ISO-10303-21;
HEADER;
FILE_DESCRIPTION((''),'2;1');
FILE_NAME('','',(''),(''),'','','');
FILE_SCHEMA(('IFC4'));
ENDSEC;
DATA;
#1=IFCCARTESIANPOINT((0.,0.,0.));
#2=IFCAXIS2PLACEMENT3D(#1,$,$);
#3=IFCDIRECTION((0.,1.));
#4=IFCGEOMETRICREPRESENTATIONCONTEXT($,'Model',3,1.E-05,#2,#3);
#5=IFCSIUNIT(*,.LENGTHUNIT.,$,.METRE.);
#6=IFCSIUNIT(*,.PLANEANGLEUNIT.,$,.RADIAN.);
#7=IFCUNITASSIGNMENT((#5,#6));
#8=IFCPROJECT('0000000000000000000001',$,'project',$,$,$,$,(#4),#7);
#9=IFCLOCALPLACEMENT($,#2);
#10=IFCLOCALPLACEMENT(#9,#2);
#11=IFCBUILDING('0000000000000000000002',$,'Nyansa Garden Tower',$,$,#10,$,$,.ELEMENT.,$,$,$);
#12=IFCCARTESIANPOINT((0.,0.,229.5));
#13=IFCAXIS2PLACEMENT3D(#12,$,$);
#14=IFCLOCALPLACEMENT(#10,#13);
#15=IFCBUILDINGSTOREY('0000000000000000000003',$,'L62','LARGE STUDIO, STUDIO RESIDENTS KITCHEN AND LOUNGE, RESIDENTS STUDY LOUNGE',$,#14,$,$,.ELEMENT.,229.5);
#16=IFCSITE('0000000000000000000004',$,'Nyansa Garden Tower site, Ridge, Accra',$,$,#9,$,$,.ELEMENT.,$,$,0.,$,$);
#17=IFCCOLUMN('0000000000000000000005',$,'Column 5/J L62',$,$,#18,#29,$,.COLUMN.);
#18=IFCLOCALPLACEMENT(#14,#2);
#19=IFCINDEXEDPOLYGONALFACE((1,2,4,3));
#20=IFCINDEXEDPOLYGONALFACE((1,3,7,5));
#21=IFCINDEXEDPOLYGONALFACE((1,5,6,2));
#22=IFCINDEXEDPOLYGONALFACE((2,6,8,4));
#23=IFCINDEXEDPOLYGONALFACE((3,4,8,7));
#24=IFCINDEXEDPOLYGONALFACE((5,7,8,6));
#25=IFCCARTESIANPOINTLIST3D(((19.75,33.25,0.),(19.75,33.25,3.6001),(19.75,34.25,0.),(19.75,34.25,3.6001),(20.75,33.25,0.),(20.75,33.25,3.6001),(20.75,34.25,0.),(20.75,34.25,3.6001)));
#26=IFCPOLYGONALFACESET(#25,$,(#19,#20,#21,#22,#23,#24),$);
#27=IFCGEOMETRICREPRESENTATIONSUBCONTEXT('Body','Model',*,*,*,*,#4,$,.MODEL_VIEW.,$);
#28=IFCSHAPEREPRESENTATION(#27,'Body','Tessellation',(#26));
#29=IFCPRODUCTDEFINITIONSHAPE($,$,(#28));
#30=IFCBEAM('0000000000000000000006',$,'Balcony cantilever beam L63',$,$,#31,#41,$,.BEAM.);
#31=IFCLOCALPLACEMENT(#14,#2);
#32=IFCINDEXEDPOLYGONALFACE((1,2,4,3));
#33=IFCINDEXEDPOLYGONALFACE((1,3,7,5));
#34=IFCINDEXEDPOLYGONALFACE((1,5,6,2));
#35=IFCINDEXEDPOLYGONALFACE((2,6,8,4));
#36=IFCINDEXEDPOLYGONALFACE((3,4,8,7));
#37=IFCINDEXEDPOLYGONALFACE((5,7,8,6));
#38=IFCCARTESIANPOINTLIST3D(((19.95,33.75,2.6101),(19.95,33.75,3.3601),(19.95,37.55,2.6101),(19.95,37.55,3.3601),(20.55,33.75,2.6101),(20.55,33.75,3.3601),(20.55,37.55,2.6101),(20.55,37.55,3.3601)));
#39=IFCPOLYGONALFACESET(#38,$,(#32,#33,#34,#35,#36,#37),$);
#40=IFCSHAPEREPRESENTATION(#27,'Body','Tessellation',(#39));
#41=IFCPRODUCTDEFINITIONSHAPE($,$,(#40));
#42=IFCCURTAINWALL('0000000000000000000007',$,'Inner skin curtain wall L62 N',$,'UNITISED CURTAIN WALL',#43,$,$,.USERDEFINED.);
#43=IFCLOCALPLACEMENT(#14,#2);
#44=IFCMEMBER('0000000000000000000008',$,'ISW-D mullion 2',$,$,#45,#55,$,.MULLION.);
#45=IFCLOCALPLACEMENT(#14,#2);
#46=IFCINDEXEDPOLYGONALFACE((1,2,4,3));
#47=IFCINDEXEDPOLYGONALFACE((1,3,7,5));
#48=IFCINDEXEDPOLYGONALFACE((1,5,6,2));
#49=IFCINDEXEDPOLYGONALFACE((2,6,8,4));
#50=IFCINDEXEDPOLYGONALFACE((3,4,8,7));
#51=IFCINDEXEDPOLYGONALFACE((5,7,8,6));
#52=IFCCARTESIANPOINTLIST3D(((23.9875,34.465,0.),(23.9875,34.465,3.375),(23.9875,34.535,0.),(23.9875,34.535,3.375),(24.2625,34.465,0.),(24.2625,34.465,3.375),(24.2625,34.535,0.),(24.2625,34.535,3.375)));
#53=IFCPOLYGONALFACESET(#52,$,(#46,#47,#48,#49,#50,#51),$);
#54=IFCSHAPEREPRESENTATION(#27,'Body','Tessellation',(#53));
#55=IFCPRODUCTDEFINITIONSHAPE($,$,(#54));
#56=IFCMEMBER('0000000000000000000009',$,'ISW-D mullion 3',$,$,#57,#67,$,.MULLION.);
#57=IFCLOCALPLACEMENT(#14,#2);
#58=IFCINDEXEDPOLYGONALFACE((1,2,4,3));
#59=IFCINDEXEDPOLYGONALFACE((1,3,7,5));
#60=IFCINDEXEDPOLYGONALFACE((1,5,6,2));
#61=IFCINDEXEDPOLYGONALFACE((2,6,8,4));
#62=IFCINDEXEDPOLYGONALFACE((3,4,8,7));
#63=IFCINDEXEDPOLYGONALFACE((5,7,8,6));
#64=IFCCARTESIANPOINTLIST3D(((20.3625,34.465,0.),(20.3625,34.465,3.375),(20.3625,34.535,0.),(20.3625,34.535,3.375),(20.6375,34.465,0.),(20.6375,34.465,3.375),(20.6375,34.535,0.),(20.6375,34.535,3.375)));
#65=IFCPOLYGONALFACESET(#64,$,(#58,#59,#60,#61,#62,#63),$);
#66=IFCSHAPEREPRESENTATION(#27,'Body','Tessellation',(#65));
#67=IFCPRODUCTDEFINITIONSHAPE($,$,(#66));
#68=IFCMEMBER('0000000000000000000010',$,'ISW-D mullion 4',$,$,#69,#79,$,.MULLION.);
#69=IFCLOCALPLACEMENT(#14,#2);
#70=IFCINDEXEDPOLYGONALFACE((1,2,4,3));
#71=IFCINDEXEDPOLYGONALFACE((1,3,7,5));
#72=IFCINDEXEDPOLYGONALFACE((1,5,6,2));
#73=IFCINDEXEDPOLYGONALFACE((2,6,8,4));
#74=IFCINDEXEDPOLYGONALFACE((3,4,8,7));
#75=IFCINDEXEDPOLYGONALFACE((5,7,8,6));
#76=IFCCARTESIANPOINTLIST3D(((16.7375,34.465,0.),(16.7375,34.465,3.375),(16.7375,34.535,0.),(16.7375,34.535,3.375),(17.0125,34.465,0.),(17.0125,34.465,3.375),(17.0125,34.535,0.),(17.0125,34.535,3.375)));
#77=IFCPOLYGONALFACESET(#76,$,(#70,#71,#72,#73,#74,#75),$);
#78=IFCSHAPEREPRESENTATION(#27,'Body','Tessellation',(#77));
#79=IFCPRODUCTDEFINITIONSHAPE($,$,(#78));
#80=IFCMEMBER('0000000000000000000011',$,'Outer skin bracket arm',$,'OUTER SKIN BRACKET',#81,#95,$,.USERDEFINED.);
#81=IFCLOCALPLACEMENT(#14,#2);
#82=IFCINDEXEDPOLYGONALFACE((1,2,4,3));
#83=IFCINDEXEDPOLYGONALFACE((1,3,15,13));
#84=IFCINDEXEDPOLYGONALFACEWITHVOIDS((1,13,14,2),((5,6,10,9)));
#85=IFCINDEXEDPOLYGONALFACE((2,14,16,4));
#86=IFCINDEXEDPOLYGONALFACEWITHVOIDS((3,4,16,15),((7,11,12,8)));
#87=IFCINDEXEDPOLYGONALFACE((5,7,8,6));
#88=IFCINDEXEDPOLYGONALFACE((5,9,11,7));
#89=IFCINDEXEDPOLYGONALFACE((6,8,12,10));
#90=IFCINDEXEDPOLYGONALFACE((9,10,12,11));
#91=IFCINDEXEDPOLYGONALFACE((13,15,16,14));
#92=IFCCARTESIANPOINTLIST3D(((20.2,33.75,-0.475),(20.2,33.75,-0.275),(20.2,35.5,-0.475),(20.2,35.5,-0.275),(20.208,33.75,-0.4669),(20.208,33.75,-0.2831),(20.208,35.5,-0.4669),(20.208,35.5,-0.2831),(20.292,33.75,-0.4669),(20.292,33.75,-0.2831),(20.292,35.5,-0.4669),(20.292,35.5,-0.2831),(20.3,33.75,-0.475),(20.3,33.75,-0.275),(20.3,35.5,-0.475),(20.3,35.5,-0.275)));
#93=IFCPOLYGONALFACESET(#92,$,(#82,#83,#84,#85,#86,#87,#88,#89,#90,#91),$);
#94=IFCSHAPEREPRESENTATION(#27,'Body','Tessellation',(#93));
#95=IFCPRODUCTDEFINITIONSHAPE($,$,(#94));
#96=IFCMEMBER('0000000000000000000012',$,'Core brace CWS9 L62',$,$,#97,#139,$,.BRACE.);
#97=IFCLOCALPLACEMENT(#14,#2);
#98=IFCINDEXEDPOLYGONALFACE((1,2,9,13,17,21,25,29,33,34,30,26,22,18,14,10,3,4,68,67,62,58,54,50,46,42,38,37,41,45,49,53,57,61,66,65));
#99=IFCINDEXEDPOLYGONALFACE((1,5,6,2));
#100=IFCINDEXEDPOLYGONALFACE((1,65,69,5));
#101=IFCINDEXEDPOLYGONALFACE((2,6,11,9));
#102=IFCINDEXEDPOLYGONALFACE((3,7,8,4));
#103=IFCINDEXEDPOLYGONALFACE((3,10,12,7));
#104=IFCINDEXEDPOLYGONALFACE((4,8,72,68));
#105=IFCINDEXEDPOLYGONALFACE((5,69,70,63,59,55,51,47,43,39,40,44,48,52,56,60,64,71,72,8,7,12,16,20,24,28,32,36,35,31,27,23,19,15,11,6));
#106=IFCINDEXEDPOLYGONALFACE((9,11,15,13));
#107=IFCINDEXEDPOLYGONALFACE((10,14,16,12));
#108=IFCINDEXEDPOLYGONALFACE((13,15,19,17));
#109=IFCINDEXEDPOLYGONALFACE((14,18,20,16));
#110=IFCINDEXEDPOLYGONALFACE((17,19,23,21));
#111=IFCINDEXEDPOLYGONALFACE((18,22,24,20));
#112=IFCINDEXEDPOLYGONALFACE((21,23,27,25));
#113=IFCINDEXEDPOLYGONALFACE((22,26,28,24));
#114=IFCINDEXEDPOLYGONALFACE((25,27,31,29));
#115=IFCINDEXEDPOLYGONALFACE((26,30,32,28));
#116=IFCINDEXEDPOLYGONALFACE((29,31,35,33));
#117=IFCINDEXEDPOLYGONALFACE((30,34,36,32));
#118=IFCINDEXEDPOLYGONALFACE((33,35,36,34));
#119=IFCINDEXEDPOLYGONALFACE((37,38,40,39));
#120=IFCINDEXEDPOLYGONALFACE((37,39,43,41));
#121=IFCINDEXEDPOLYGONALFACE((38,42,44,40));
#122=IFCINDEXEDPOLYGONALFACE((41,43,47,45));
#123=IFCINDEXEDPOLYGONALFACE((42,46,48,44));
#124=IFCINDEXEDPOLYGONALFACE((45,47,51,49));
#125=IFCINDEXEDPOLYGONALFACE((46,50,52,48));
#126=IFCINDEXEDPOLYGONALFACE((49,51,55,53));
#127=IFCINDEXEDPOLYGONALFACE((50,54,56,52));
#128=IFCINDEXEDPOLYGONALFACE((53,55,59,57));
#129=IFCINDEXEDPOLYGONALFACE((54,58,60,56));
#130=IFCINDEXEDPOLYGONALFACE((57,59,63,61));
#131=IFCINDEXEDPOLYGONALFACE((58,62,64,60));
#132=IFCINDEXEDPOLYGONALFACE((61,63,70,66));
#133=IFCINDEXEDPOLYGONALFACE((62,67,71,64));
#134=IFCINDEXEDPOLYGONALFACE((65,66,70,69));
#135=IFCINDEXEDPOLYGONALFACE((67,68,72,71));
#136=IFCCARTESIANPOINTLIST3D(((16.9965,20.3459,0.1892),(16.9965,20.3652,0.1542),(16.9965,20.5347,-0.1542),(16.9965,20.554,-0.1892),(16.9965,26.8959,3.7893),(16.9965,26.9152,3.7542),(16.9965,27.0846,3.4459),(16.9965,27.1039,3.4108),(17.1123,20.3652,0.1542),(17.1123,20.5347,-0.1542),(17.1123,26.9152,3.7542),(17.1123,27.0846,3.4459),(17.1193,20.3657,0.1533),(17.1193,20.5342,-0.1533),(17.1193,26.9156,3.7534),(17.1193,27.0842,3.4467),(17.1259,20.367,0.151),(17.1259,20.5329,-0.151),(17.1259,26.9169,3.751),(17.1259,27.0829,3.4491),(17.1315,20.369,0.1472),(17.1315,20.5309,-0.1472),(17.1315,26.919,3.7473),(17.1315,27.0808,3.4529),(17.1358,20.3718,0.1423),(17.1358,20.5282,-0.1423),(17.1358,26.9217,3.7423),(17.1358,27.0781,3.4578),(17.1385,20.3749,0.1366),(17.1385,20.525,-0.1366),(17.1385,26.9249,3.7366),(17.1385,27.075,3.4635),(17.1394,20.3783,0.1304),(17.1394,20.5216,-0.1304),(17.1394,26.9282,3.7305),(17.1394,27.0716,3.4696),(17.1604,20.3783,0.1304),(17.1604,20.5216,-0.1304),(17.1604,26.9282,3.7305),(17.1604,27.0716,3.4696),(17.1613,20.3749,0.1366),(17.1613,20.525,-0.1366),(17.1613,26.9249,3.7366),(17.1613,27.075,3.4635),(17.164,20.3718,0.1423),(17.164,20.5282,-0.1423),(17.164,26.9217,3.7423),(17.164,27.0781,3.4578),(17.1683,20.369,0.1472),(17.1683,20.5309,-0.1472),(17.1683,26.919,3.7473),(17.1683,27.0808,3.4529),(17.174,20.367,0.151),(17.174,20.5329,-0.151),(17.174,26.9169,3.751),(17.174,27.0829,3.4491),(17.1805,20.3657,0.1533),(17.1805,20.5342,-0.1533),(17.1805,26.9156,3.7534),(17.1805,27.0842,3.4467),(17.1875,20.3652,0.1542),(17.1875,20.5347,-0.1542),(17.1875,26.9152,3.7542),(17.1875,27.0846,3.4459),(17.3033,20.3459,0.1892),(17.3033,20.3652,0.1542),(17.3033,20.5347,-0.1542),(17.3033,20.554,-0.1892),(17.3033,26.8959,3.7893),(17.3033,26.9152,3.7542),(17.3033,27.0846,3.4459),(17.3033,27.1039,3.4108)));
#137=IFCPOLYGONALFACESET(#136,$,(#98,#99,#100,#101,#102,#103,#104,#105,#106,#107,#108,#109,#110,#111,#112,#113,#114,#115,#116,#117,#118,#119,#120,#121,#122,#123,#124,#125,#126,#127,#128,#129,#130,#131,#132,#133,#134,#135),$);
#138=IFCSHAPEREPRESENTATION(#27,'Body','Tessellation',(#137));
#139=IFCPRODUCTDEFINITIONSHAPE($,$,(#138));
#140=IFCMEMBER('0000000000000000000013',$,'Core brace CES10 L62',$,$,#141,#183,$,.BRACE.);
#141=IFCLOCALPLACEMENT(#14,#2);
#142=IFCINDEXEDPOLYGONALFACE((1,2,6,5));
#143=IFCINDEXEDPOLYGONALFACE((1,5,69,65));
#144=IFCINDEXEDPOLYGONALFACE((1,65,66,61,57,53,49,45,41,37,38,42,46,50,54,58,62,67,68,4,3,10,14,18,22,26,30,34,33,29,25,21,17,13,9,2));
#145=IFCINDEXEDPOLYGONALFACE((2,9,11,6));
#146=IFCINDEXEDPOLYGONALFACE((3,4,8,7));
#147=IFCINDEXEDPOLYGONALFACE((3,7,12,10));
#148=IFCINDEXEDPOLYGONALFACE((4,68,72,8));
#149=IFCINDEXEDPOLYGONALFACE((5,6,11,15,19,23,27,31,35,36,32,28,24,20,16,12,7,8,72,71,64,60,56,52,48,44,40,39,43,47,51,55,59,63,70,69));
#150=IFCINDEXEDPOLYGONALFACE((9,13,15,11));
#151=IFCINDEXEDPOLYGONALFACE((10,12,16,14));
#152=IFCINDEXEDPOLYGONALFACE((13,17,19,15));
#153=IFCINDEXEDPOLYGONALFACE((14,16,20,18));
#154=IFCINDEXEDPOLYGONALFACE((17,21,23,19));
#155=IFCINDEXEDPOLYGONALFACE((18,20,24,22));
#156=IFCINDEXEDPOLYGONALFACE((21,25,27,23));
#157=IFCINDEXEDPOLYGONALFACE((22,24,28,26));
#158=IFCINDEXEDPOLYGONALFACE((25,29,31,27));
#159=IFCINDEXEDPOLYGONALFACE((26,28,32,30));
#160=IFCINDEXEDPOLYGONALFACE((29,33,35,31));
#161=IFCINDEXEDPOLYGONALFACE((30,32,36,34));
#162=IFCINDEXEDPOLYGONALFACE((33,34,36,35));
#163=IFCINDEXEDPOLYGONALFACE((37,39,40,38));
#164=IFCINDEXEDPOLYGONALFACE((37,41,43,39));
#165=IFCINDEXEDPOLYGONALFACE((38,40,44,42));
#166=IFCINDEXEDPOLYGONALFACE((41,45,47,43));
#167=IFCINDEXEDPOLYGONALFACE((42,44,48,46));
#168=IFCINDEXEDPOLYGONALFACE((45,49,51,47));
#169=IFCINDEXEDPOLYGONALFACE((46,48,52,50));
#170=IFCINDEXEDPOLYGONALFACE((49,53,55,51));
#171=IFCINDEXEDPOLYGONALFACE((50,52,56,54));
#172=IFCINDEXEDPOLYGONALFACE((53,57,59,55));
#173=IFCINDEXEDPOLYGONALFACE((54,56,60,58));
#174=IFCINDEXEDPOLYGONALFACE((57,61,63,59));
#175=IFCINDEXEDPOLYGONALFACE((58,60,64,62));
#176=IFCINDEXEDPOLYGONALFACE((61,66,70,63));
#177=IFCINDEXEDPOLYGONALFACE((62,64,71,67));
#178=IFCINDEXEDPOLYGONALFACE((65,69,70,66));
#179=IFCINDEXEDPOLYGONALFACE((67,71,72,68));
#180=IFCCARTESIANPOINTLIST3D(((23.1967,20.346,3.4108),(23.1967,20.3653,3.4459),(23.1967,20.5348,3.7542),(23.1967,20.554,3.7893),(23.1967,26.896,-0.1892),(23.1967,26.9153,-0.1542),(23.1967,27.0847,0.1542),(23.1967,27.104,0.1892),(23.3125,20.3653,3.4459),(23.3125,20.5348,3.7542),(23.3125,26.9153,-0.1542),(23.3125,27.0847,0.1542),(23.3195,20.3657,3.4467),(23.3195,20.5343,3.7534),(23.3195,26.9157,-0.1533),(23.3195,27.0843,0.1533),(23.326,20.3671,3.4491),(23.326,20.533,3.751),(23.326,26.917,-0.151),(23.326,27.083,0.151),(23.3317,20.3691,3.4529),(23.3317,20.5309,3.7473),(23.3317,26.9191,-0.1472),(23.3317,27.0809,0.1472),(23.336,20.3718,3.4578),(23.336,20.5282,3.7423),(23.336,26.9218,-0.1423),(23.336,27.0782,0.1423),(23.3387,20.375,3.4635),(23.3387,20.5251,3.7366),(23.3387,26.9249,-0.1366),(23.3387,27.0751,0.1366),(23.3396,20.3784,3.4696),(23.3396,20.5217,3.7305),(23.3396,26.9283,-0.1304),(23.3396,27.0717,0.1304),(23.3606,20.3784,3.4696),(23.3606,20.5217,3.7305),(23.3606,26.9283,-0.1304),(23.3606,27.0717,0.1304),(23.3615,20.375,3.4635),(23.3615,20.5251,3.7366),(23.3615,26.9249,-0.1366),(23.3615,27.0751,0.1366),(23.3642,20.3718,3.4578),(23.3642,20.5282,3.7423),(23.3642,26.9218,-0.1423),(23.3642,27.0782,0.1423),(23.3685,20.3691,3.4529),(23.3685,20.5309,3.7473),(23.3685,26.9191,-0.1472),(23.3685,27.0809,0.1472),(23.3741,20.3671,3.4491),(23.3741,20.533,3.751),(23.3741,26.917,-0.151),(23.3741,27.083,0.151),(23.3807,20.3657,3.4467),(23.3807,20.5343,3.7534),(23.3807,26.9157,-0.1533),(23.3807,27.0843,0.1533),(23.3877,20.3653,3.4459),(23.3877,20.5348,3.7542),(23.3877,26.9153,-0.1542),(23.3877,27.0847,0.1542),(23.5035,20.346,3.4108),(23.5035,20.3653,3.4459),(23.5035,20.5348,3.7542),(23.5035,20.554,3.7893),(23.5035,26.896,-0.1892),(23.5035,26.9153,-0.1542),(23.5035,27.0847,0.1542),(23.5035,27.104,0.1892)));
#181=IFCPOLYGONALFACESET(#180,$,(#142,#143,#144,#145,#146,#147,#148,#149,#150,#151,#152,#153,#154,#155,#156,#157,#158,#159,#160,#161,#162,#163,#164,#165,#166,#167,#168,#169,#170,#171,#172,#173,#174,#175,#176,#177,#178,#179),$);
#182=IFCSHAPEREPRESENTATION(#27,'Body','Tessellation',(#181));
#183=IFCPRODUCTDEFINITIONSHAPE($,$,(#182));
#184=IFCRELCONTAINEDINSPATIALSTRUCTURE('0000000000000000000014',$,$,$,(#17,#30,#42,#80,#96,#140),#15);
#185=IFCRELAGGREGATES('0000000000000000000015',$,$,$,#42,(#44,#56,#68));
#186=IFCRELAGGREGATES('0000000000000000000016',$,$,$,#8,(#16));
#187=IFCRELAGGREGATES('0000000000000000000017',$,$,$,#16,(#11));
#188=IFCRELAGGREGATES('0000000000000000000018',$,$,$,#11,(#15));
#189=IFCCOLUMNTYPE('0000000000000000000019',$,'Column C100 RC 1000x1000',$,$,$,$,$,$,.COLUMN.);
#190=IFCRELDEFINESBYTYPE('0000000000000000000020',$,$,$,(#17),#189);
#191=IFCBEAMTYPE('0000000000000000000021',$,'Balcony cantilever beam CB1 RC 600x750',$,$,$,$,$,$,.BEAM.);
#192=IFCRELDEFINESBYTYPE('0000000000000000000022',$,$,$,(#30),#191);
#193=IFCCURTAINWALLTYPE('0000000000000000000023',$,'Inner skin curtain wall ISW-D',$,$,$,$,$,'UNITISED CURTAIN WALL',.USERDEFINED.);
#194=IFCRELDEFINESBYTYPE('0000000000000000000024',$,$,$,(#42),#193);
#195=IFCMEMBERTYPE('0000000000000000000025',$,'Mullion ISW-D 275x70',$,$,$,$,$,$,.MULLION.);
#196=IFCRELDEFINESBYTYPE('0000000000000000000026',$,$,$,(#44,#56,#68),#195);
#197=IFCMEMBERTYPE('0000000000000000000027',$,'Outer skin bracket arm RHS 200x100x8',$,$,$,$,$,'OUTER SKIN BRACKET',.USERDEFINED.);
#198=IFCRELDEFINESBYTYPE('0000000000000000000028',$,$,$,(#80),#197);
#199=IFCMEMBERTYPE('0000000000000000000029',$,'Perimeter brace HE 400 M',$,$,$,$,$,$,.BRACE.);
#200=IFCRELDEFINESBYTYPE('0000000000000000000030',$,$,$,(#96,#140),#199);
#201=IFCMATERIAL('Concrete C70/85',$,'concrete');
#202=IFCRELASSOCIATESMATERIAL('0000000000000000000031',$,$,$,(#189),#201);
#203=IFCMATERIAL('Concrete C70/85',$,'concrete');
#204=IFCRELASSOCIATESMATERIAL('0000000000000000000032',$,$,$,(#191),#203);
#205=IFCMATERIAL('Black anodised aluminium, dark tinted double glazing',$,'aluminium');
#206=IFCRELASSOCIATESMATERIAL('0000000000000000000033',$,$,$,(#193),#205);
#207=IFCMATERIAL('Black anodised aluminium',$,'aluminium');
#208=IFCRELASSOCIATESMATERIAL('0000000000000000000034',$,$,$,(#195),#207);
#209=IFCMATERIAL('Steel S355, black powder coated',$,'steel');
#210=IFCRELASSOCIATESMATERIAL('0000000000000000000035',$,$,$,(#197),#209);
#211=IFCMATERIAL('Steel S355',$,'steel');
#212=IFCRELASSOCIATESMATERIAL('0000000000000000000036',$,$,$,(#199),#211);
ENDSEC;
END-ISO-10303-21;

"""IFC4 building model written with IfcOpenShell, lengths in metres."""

from ifc_helpers import new_model, si_unit, direction, frame, origin, origin_2d, place, context, subcontext, project, spatial, rectangle, hollow_rectangle, i_section, extrude, material, material_profile, profile_set, type_object, element, aggregate, save


model = new_model("IFC4")

# Units and contexts
model_context = context("Model", 3, precision=1e-05, world=origin(), true_north=direction((0.0, 1.0)))
body_context = subcontext(model_context, "Body", "Model", "MODEL_VIEW")
ifc_project = project(units=[si_unit("LENGTHUNIT", "METRE"), si_unit("PLANEANGLEUNIT", "RADIAN")], contexts=[model_context])

# Site, building, storey
site_placement = place(None, origin())
site = spatial("IfcSite", under=ifc_project, at=site_placement, Name="Nyansa Garden Tower site, Ridge, Accra", CompositionType="ELEMENT", RefElevation=0.0)
building_placement = place(site_placement, origin())
building = spatial("IfcBuilding", under=site, at=building_placement, Name="Nyansa Garden Tower", CompositionType="ELEMENT")
storey_placement = place(building_placement, frame((0.0, 0.0, 229.5)))
storey = spatial("IfcBuildingStorey", under=building, at=storey_placement, Name="L62", Description="LARGE STUDIO, STUDIO RESIDENTS KITCHEN AND LOUNGE, RESIDENTS STUDY LOUNGE", CompositionType="ELEMENT", Elevation=229.5)

# Column
ifc_material_1 = material(Name="Concrete C70/85", Category="concrete")
ifc_material_profile_1 = material_profile(ifc_material_1, rectangle(XDim=1.0, YDim=1.0, at=origin_2d()), Name="RC 1000x1000")
ifc_profile_set_1 = profile_set([ifc_material_profile_1], Name="Concrete C70/85")
column_type = type_object("IfcColumnType", Name="Column C100 RC 1000x1000", PredefinedType="COLUMN", material=ifc_profile_set_1)
column_placement = place(storey_placement, frame((20.25, 33.75, 0.0), z_axis=(0.0, 0.0, 1.0), x_axis=(1.0, 0.0, 0.0)))
element("IfcColumn", 1, at=column_placement, inside=storey, type_object=column_type, Name="Column 5/J L62", PredefinedType="COLUMN", context=body_context, shape_type="SweptSolid", body=[
    extrude(rectangle(XDim=1.0, YDim=1.0, at=origin_2d()), origin(), (0.0, 0.0, 1.0), 3.6001),
])

# Beam
ifc_material_2 = material(Name="Concrete C70/85", Category="concrete")
ifc_material_profile_2 = material_profile(ifc_material_2, rectangle(XDim=0.6001, YDim=0.75, at=origin_2d()), Name="RC 600x750")
ifc_profile_set_2 = profile_set([ifc_material_profile_2], Name="Concrete C70/85")
beam_type_1 = type_object("IfcBeamType", Name="Balcony cantilever beam CB1 RC 600x750", PredefinedType="BEAM", material=ifc_profile_set_2)
beam_1_placement = place(storey_placement, frame((20.25, 33.75, 2.9851), z_axis=(0.0, 1.0, 0.0), x_axis=(-1.0, 0.0, 0.0)))
element("IfcBeam", 2, at=beam_1_placement, inside=storey, type_object=beam_type_1, Name="Balcony cantilever beam L63", PredefinedType="BEAM", context=body_context, shape_type="SweptSolid", body=[
    extrude(rectangle(XDim=0.6001, YDim=0.75, at=origin_2d()), origin(), (0.0, 0.0, 1.0), 3.8),
])

# Curtain wall, members
ifc_material_3 = material(Name="Black anodised aluminium, dark tinted double glazing", Category="aluminium")
curtain_wall_type = type_object("IfcCurtainWallType", Name="Inner skin curtain wall ISW-D", ElementType="UNITISED CURTAIN WALL", PredefinedType="USERDEFINED", material=ifc_material_3)
curtain_wall_placement = place(storey_placement, origin())
curtain_wall = element("IfcCurtainWall", 3, at=curtain_wall_placement, inside=storey, type_object=curtain_wall_type, Name="Inner skin curtain wall L62 N", ObjectType="UNITISED CURTAIN WALL", PredefinedType="USERDEFINED")
ifc_material_4 = material(Name="Black anodised aluminium", Category="aluminium")
ifc_material_profile_3 = material_profile(ifc_material_4, rectangle(XDim=0.0701, YDim=0.2749, at=origin_2d()), Name="Mullion 275x70")
ifc_profile_set_3 = profile_set([ifc_material_profile_3], Name="Black anodised aluminium")
member_type_1 = type_object("IfcMemberType", Name="Mullion ISW-D 275x70", PredefinedType="MULLION", material=ifc_profile_set_3)
member_1_placement = place(storey_placement, frame((24.125, 34.5, 0.0), z_axis=(0.0, 0.0, 1.0), x_axis=(0.0, -1.0, 0.0)))
member_1 = element("IfcMember", 4, at=member_1_placement, type_object=member_type_1, Name="ISW-D mullion 2", PredefinedType="MULLION", context=body_context, shape_type="SweptSolid", body=[
    extrude(rectangle(XDim=0.0701, YDim=0.2749, at=origin_2d()), origin(), (0.0, 0.0, 1.0), 3.375),
])
member_2_placement = place(storey_placement, frame((20.5, 34.5, 0.0), z_axis=(0.0, 0.0, 1.0), x_axis=(0.0, -1.0, 0.0)))
member_2 = element("IfcMember", 5, at=member_2_placement, type_object=member_type_1, Name="ISW-D mullion 3", PredefinedType="MULLION", context=body_context, shape_type="SweptSolid", body=[
    extrude(rectangle(XDim=0.0701, YDim=0.2749, at=origin_2d()), origin(), (0.0, 0.0, 1.0), 3.375),
])
member_3_placement = place(storey_placement, frame((16.875, 34.5, 0.0), z_axis=(0.0, 0.0, 1.0), x_axis=(0.0, -1.0, 0.0)))
member_3 = element("IfcMember", 6, at=member_3_placement, type_object=member_type_1, Name="ISW-D mullion 4", PredefinedType="MULLION", context=body_context, shape_type="SweptSolid", body=[
    extrude(rectangle(XDim=0.0701, YDim=0.2749, at=origin_2d()), origin(), (0.0, 0.0, 1.0), 3.375),
])

# Members
ifc_material_5 = material(Name="Steel S355, black powder coated", Category="steel")
ifc_material_profile_4 = material_profile(ifc_material_5, hollow_rectangle(XDim=0.1001, YDim=0.2, WallThickness=0.0081, at=origin_2d()), Name="RHS 200x100x8")
ifc_profile_set_4 = profile_set([ifc_material_profile_4], Name="Steel S355, black powder coated")
member_type_2 = type_object("IfcMemberType", Name="Outer skin bracket arm RHS 200x100x8", ElementType="OUTER SKIN BRACKET", PredefinedType="USERDEFINED", material=ifc_profile_set_4)
member_4_placement = place(storey_placement, frame((20.25, 33.75, -0.375), z_axis=(0.0, 1.0, 0.0), x_axis=(-1.0, 0.0, 0.0)))
element("IfcMember", 7, at=member_4_placement, inside=storey, type_object=member_type_2, Name="Outer skin bracket arm", ObjectType="OUTER SKIN BRACKET", PredefinedType="USERDEFINED", context=body_context, shape_type="SweptSolid", body=[
    extrude(hollow_rectangle(XDim=0.1001, YDim=0.2, WallThickness=0.0081, at=origin_2d()), origin(), (0.0, 0.0, 1.0), 1.75),
])
ifc_material_6 = material(Name="Steel S355", Category="steel")
ifc_material_profile_5 = material_profile(ifc_material_6, i_section(OverallWidth=0.3069, OverallDepth=0.4319, WebThickness=0.021, FlangeThickness=0.04, FilletRadius=0.0271, at=origin_2d()), Name="HE 400 M")
ifc_profile_set_5 = profile_set([ifc_material_profile_5], Name="Steel S355")
member_type_3 = type_object("IfcMemberType", Name="Perimeter brace HE 400 M", PredefinedType="BRACE", material=ifc_profile_set_5)
for number, where, z_axis, x_axis, name in (
    (8, (17.1499, 20.45, 0.0), (0.0, 0.876353, 0.481669), (-1.0, 0.0, 0.0), "Core brace CWS9 L62"),
    (9, (23.3501, 27.0, 0.0), (0.0, -0.876353, 0.481669), (1.0, 0.0, 0.0), "Core brace CES10 L62"),
):
    element("IfcMember", number, at=place(storey_placement, frame(where, z_axis=z_axis, x_axis=x_axis)), inside=storey, type_object=member_type_3, Name=name, PredefinedType="BRACE", context=body_context, shape_type="SweptSolid", body=[
        extrude(i_section(OverallWidth=0.3069, OverallDepth=0.4319, WebThickness=0.021, FlangeThickness=0.04, FilletRadius=0.0271, at=origin_2d()), origin(), (0.0, 0.0, 1.0), 7.4741),
    ])

aggregate(curtain_wall, [member_1, member_2, member_3])

save(model, "model.ifc")
